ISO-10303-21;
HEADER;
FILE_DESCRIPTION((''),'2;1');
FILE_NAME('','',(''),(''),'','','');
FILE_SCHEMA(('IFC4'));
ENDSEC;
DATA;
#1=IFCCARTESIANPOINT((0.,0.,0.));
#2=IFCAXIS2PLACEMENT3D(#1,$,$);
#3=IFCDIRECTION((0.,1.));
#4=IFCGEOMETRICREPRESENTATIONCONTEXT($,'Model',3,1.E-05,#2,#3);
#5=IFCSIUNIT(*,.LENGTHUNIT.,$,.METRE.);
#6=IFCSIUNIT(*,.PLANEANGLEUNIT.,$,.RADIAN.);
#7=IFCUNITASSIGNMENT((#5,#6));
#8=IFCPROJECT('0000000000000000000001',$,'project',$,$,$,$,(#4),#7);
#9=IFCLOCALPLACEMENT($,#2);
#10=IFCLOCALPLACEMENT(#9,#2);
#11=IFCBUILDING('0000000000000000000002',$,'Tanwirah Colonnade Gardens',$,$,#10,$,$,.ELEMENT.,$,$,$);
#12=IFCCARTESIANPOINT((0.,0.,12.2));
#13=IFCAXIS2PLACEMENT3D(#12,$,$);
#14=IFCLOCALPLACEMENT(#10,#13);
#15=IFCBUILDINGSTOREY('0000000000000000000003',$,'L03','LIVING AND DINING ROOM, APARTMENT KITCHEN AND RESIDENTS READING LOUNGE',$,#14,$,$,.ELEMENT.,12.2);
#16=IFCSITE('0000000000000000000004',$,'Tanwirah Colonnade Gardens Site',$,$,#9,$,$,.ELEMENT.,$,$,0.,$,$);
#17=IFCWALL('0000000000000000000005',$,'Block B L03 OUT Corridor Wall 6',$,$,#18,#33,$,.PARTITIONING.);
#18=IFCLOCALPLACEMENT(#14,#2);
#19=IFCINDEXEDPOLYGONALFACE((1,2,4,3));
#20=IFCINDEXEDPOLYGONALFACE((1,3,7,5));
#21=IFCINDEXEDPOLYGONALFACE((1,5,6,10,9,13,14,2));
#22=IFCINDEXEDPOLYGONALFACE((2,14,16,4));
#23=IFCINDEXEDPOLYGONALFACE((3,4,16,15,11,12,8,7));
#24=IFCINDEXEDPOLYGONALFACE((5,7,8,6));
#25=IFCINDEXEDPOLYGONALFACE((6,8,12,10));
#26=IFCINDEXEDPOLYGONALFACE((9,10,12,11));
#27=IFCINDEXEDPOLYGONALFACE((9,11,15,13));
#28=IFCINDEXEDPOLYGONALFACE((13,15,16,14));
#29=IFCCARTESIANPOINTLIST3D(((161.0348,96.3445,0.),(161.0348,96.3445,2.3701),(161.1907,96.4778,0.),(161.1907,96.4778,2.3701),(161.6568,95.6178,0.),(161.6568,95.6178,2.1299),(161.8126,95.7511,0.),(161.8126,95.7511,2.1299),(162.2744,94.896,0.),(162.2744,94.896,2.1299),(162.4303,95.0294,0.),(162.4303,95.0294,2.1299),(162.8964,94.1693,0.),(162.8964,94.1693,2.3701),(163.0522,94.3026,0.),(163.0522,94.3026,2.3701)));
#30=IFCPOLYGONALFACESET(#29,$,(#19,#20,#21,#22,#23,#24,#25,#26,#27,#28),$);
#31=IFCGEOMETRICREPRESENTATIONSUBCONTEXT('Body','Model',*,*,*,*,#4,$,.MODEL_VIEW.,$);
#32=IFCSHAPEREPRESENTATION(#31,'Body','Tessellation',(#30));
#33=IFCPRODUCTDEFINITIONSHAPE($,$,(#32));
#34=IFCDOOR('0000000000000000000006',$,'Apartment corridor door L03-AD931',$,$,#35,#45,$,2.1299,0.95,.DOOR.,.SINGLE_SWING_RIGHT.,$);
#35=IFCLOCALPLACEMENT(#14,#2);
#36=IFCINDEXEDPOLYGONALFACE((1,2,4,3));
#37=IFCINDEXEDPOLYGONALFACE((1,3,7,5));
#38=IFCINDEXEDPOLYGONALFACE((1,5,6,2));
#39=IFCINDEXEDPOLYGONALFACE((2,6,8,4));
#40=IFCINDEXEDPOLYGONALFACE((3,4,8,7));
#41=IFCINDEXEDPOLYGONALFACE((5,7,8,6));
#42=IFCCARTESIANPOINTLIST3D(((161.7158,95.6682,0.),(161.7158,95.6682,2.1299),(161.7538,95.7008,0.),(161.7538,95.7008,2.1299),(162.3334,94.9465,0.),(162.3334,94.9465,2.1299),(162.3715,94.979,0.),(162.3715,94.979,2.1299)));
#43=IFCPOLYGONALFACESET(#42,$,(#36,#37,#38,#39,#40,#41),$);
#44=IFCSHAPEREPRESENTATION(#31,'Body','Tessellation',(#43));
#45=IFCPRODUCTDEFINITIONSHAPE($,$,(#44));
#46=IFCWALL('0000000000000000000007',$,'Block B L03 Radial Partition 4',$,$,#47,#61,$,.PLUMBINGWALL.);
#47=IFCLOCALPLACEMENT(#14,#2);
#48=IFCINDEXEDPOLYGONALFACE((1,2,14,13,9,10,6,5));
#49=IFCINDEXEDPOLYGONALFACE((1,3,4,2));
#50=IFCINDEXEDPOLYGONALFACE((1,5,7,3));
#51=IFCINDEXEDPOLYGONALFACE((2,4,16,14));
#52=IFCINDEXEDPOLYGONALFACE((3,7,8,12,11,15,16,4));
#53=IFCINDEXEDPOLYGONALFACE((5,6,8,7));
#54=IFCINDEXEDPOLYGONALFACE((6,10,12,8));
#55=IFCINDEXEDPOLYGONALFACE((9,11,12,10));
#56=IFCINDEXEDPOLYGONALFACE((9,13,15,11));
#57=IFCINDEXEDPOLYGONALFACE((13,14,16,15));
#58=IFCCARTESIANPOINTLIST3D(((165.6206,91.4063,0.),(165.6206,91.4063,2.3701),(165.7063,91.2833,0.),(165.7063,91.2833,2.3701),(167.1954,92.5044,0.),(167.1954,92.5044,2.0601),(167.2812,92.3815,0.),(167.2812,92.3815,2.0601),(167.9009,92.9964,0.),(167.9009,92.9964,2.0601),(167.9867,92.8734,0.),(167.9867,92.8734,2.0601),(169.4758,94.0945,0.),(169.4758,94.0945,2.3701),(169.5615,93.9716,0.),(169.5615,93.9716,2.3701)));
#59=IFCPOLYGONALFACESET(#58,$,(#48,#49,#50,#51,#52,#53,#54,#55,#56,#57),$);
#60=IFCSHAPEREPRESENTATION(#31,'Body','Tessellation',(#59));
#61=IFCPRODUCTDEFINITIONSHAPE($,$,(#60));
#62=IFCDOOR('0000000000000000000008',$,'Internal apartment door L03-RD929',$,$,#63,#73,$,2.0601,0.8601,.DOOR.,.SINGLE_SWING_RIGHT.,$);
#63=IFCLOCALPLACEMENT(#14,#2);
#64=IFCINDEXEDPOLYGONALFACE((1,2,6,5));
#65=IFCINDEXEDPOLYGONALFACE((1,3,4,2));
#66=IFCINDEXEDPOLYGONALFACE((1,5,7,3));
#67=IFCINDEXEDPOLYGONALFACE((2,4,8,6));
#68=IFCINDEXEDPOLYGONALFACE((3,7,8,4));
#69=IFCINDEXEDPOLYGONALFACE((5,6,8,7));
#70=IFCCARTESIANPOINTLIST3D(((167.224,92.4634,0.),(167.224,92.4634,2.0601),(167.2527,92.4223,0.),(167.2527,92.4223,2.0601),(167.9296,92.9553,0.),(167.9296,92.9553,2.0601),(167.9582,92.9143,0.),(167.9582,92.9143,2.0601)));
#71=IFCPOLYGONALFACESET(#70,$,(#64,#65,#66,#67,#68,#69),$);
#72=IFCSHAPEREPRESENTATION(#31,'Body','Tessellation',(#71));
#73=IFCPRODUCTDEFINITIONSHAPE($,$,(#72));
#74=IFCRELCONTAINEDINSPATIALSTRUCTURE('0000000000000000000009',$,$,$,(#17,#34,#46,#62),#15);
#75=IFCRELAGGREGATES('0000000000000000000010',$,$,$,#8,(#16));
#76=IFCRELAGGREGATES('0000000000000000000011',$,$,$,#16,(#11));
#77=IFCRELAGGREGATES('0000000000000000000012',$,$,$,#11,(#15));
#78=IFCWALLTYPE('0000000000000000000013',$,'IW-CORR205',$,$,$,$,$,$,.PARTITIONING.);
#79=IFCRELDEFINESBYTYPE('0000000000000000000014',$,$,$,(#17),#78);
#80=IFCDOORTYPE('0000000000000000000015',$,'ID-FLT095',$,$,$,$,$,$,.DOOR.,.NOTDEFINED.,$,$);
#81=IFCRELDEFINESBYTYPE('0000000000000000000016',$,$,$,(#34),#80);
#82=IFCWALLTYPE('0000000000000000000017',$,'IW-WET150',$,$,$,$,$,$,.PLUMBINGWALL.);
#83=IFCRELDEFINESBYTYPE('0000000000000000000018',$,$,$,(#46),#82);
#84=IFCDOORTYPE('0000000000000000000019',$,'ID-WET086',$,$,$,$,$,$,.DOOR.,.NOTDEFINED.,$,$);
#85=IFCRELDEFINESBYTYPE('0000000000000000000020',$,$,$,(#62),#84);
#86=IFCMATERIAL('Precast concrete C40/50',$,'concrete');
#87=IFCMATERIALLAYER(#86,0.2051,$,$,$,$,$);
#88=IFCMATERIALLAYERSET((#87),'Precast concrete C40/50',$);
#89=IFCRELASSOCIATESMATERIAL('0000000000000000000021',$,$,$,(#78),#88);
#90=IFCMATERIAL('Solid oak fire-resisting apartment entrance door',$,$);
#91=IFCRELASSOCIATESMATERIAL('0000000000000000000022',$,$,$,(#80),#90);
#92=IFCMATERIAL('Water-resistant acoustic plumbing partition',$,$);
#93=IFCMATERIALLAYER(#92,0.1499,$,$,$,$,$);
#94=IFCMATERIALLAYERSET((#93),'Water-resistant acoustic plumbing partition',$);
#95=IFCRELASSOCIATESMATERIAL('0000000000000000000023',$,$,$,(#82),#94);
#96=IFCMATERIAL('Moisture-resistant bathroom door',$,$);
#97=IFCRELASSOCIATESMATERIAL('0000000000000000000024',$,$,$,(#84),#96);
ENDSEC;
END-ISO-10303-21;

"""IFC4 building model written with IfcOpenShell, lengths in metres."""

from ifc_helpers import new_model, si_unit, direction, frame, frame_2d, origin, place, context, subcontext, project, spatial, rectangle, extrude, material, layer, layer_set, type_object, element, fill, save


model = new_model("IFC4")

# Units and contexts
model_context = context("Model", 3, precision=1e-05, world=origin(), true_north=direction((0.0, 1.0)))
body_context = subcontext(model_context, "Body", "Model", "MODEL_VIEW")
ifc_project = project(units=[si_unit("LENGTHUNIT", "METRE"), si_unit("PLANEANGLEUNIT", "RADIAN")], contexts=[model_context])

# Site, building, storey
site_placement = place(None, origin())
site = spatial("IfcSite", under=ifc_project, at=site_placement, Name="Tanwirah Colonnade Gardens Site", CompositionType="ELEMENT", RefElevation=0.0)
building_placement = place(site_placement, origin())
building = spatial("IfcBuilding", under=site, at=building_placement, Name="Tanwirah Colonnade Gardens", CompositionType="ELEMENT")
storey_placement = place(building_placement, frame((0.0, 0.0, 12.2)))
storey = spatial("IfcBuildingStorey", under=building, at=storey_placement, Name="L03", Description="LIVING AND DINING ROOM, APARTMENT KITCHEN AND RESIDENTS READING LOUNGE", CompositionType="ELEMENT", Elevation=12.2)

# Shared definitions
ifc_material_1 = material(Name="Precast concrete C40/50", Category="concrete")

# Walls, openings, doors
ifc_layer_1 = layer(ifc_material_1, 0.2051)
ifc_layer_set_1 = layer_set([ifc_layer_1], Name="Precast concrete C40/50")
wall_type_1 = type_object("IfcWallType", Name="IW-CORR205", PredefinedType="PARTITIONING", material=ifc_layer_set_1)
ifc_material_2 = material(Name="Solid oak fire-resisting apartment entrance door")
wall_1_placement = place(storey_placement, frame((162.9744, 94.2358, 0.0), z_axis=(0.0, 0.0, 1.0), x_axis=(-0.650194, 0.759768, 0.0)))
wall_1 = element("IfcWall", 1, at=wall_1_placement, inside=storey, type_object=wall_type_1, Name="Block B L03 OUT Corridor Wall 6", PredefinedType="PARTITIONING", context=body_context, shape_type="SweptSolid", body=[
    extrude(rectangle(XDim=2.863, YDim=0.2051, at=frame_2d((1.4316, 0.0))), origin(), (0.0, 0.0, 1.0), 2.3701),
])
opening_1_placement = place(wall_1_placement, frame((0.9565, 0.0, 0.0)))
opening_1 = element("IfcOpeningElement", 2, at=opening_1_placement, cuts=wall_1, PredefinedType="OPENING", context=body_context, shape_type="SweptSolid", body=[
    extrude(rectangle(XDim=0.95, YDim=2.1299, at=frame_2d((0.4751, 1.0649))), frame((0.0, 0.1125, 0.0), z_axis=(0.0, -1.0, 0.0), x_axis=(1.0, 0.0, 0.0)), (0.0, 0.0, 1.0), 0.2251),
])
door_type_1 = type_object("IfcDoorType", Name="ID-FLT095", OperationType="NOTDEFINED", PredefinedType="DOOR", material=ifc_material_2)
door_1_placement = place(opening_1_placement, origin())
door_1 = element("IfcDoor", 3, at=door_1_placement, inside=storey, type_object=door_type_1, Name="Apartment corridor door L03-AD931", OperationType="SINGLE_SWING_RIGHT", OverallHeight=2.1299, OverallWidth=0.95, PredefinedType="DOOR", context=body_context, shape_type="SweptSolid", body=[
    extrude(rectangle(XDim=0.95, YDim=2.1299, at=frame_2d((0.4751, 1.0649))), frame((0.0, 0.0249, 0.0), z_axis=(0.0, -1.0, 0.0), x_axis=(1.0, 0.0, 0.0)), (0.0, 0.0, 1.0), 0.05),
])
fill(opening_1, door_1)
ifc_material_3 = material(Name="Water-resistant acoustic plumbing partition")
ifc_layer_2 = layer(ifc_material_3, 0.1499)
ifc_layer_set_2 = layer_set([ifc_layer_2], Name="Water-resistant acoustic plumbing partition")
wall_type_2 = type_object("IfcWallType", Name="IW-WET150", PredefinedType="PLUMBINGWALL", material=ifc_layer_set_2)
wall_2_placement = place(storey_placement, frame((165.6633, 91.3447, 0.0), z_axis=(0.0, 0.0, 1.0), x_axis=(0.820273, 0.571973, 0.0)))
wall_2 = element("IfcWall", 4, at=wall_2_placement, inside=storey, type_object=wall_type_2, Name="Block B L03 Radial Partition 4", PredefinedType="PLUMBINGWALL", context=body_context, shape_type="SweptSolid", body=[
    extrude(rectangle(XDim=4.7, YDim=0.1499, at=frame_2d((2.3501, 0.0))), origin(), (0.0, 0.0, 1.0), 2.3701),
])
opening_2_placement = place(wall_2_placement, frame((1.9199, 0.0, 0.0)))
opening_2 = element("IfcOpeningElement", 5, at=opening_2_placement, cuts=wall_2, PredefinedType="OPENING", context=body_context, shape_type="SweptSolid", body=[
    extrude(rectangle(XDim=0.8601, YDim=2.0601, at=frame_2d((0.4302, 1.03))), frame((0.0, 0.085, 0.0), z_axis=(0.0, -1.0, 0.0), x_axis=(1.0, 0.0, 0.0)), (0.0, 0.0, 1.0), 0.1699),
])
ifc_material_4 = material(Name="Moisture-resistant bathroom door")
door_type_2 = type_object("IfcDoorType", Name="ID-WET086", OperationType="NOTDEFINED", PredefinedType="DOOR", material=ifc_material_4)
door_2_placement = place(opening_2_placement, origin())
door_2 = element("IfcDoor", 6, at=door_2_placement, inside=storey, type_object=door_type_2, Name="Internal apartment door L03-RD929", OperationType="SINGLE_SWING_RIGHT", OverallHeight=2.0601, OverallWidth=0.8601, PredefinedType="DOOR", context=body_context, shape_type="SweptSolid", body=[
    extrude(rectangle(XDim=0.8601, YDim=2.0601, at=frame_2d((0.4302, 1.03))), frame((0.0, 0.0249, 0.0), z_axis=(0.0, -1.0, 0.0), x_axis=(1.0, 0.0, 0.0)), (0.0, 0.0, 1.0), 0.05),
])
fill(opening_2, door_2)

save(model, "model.ifc")
